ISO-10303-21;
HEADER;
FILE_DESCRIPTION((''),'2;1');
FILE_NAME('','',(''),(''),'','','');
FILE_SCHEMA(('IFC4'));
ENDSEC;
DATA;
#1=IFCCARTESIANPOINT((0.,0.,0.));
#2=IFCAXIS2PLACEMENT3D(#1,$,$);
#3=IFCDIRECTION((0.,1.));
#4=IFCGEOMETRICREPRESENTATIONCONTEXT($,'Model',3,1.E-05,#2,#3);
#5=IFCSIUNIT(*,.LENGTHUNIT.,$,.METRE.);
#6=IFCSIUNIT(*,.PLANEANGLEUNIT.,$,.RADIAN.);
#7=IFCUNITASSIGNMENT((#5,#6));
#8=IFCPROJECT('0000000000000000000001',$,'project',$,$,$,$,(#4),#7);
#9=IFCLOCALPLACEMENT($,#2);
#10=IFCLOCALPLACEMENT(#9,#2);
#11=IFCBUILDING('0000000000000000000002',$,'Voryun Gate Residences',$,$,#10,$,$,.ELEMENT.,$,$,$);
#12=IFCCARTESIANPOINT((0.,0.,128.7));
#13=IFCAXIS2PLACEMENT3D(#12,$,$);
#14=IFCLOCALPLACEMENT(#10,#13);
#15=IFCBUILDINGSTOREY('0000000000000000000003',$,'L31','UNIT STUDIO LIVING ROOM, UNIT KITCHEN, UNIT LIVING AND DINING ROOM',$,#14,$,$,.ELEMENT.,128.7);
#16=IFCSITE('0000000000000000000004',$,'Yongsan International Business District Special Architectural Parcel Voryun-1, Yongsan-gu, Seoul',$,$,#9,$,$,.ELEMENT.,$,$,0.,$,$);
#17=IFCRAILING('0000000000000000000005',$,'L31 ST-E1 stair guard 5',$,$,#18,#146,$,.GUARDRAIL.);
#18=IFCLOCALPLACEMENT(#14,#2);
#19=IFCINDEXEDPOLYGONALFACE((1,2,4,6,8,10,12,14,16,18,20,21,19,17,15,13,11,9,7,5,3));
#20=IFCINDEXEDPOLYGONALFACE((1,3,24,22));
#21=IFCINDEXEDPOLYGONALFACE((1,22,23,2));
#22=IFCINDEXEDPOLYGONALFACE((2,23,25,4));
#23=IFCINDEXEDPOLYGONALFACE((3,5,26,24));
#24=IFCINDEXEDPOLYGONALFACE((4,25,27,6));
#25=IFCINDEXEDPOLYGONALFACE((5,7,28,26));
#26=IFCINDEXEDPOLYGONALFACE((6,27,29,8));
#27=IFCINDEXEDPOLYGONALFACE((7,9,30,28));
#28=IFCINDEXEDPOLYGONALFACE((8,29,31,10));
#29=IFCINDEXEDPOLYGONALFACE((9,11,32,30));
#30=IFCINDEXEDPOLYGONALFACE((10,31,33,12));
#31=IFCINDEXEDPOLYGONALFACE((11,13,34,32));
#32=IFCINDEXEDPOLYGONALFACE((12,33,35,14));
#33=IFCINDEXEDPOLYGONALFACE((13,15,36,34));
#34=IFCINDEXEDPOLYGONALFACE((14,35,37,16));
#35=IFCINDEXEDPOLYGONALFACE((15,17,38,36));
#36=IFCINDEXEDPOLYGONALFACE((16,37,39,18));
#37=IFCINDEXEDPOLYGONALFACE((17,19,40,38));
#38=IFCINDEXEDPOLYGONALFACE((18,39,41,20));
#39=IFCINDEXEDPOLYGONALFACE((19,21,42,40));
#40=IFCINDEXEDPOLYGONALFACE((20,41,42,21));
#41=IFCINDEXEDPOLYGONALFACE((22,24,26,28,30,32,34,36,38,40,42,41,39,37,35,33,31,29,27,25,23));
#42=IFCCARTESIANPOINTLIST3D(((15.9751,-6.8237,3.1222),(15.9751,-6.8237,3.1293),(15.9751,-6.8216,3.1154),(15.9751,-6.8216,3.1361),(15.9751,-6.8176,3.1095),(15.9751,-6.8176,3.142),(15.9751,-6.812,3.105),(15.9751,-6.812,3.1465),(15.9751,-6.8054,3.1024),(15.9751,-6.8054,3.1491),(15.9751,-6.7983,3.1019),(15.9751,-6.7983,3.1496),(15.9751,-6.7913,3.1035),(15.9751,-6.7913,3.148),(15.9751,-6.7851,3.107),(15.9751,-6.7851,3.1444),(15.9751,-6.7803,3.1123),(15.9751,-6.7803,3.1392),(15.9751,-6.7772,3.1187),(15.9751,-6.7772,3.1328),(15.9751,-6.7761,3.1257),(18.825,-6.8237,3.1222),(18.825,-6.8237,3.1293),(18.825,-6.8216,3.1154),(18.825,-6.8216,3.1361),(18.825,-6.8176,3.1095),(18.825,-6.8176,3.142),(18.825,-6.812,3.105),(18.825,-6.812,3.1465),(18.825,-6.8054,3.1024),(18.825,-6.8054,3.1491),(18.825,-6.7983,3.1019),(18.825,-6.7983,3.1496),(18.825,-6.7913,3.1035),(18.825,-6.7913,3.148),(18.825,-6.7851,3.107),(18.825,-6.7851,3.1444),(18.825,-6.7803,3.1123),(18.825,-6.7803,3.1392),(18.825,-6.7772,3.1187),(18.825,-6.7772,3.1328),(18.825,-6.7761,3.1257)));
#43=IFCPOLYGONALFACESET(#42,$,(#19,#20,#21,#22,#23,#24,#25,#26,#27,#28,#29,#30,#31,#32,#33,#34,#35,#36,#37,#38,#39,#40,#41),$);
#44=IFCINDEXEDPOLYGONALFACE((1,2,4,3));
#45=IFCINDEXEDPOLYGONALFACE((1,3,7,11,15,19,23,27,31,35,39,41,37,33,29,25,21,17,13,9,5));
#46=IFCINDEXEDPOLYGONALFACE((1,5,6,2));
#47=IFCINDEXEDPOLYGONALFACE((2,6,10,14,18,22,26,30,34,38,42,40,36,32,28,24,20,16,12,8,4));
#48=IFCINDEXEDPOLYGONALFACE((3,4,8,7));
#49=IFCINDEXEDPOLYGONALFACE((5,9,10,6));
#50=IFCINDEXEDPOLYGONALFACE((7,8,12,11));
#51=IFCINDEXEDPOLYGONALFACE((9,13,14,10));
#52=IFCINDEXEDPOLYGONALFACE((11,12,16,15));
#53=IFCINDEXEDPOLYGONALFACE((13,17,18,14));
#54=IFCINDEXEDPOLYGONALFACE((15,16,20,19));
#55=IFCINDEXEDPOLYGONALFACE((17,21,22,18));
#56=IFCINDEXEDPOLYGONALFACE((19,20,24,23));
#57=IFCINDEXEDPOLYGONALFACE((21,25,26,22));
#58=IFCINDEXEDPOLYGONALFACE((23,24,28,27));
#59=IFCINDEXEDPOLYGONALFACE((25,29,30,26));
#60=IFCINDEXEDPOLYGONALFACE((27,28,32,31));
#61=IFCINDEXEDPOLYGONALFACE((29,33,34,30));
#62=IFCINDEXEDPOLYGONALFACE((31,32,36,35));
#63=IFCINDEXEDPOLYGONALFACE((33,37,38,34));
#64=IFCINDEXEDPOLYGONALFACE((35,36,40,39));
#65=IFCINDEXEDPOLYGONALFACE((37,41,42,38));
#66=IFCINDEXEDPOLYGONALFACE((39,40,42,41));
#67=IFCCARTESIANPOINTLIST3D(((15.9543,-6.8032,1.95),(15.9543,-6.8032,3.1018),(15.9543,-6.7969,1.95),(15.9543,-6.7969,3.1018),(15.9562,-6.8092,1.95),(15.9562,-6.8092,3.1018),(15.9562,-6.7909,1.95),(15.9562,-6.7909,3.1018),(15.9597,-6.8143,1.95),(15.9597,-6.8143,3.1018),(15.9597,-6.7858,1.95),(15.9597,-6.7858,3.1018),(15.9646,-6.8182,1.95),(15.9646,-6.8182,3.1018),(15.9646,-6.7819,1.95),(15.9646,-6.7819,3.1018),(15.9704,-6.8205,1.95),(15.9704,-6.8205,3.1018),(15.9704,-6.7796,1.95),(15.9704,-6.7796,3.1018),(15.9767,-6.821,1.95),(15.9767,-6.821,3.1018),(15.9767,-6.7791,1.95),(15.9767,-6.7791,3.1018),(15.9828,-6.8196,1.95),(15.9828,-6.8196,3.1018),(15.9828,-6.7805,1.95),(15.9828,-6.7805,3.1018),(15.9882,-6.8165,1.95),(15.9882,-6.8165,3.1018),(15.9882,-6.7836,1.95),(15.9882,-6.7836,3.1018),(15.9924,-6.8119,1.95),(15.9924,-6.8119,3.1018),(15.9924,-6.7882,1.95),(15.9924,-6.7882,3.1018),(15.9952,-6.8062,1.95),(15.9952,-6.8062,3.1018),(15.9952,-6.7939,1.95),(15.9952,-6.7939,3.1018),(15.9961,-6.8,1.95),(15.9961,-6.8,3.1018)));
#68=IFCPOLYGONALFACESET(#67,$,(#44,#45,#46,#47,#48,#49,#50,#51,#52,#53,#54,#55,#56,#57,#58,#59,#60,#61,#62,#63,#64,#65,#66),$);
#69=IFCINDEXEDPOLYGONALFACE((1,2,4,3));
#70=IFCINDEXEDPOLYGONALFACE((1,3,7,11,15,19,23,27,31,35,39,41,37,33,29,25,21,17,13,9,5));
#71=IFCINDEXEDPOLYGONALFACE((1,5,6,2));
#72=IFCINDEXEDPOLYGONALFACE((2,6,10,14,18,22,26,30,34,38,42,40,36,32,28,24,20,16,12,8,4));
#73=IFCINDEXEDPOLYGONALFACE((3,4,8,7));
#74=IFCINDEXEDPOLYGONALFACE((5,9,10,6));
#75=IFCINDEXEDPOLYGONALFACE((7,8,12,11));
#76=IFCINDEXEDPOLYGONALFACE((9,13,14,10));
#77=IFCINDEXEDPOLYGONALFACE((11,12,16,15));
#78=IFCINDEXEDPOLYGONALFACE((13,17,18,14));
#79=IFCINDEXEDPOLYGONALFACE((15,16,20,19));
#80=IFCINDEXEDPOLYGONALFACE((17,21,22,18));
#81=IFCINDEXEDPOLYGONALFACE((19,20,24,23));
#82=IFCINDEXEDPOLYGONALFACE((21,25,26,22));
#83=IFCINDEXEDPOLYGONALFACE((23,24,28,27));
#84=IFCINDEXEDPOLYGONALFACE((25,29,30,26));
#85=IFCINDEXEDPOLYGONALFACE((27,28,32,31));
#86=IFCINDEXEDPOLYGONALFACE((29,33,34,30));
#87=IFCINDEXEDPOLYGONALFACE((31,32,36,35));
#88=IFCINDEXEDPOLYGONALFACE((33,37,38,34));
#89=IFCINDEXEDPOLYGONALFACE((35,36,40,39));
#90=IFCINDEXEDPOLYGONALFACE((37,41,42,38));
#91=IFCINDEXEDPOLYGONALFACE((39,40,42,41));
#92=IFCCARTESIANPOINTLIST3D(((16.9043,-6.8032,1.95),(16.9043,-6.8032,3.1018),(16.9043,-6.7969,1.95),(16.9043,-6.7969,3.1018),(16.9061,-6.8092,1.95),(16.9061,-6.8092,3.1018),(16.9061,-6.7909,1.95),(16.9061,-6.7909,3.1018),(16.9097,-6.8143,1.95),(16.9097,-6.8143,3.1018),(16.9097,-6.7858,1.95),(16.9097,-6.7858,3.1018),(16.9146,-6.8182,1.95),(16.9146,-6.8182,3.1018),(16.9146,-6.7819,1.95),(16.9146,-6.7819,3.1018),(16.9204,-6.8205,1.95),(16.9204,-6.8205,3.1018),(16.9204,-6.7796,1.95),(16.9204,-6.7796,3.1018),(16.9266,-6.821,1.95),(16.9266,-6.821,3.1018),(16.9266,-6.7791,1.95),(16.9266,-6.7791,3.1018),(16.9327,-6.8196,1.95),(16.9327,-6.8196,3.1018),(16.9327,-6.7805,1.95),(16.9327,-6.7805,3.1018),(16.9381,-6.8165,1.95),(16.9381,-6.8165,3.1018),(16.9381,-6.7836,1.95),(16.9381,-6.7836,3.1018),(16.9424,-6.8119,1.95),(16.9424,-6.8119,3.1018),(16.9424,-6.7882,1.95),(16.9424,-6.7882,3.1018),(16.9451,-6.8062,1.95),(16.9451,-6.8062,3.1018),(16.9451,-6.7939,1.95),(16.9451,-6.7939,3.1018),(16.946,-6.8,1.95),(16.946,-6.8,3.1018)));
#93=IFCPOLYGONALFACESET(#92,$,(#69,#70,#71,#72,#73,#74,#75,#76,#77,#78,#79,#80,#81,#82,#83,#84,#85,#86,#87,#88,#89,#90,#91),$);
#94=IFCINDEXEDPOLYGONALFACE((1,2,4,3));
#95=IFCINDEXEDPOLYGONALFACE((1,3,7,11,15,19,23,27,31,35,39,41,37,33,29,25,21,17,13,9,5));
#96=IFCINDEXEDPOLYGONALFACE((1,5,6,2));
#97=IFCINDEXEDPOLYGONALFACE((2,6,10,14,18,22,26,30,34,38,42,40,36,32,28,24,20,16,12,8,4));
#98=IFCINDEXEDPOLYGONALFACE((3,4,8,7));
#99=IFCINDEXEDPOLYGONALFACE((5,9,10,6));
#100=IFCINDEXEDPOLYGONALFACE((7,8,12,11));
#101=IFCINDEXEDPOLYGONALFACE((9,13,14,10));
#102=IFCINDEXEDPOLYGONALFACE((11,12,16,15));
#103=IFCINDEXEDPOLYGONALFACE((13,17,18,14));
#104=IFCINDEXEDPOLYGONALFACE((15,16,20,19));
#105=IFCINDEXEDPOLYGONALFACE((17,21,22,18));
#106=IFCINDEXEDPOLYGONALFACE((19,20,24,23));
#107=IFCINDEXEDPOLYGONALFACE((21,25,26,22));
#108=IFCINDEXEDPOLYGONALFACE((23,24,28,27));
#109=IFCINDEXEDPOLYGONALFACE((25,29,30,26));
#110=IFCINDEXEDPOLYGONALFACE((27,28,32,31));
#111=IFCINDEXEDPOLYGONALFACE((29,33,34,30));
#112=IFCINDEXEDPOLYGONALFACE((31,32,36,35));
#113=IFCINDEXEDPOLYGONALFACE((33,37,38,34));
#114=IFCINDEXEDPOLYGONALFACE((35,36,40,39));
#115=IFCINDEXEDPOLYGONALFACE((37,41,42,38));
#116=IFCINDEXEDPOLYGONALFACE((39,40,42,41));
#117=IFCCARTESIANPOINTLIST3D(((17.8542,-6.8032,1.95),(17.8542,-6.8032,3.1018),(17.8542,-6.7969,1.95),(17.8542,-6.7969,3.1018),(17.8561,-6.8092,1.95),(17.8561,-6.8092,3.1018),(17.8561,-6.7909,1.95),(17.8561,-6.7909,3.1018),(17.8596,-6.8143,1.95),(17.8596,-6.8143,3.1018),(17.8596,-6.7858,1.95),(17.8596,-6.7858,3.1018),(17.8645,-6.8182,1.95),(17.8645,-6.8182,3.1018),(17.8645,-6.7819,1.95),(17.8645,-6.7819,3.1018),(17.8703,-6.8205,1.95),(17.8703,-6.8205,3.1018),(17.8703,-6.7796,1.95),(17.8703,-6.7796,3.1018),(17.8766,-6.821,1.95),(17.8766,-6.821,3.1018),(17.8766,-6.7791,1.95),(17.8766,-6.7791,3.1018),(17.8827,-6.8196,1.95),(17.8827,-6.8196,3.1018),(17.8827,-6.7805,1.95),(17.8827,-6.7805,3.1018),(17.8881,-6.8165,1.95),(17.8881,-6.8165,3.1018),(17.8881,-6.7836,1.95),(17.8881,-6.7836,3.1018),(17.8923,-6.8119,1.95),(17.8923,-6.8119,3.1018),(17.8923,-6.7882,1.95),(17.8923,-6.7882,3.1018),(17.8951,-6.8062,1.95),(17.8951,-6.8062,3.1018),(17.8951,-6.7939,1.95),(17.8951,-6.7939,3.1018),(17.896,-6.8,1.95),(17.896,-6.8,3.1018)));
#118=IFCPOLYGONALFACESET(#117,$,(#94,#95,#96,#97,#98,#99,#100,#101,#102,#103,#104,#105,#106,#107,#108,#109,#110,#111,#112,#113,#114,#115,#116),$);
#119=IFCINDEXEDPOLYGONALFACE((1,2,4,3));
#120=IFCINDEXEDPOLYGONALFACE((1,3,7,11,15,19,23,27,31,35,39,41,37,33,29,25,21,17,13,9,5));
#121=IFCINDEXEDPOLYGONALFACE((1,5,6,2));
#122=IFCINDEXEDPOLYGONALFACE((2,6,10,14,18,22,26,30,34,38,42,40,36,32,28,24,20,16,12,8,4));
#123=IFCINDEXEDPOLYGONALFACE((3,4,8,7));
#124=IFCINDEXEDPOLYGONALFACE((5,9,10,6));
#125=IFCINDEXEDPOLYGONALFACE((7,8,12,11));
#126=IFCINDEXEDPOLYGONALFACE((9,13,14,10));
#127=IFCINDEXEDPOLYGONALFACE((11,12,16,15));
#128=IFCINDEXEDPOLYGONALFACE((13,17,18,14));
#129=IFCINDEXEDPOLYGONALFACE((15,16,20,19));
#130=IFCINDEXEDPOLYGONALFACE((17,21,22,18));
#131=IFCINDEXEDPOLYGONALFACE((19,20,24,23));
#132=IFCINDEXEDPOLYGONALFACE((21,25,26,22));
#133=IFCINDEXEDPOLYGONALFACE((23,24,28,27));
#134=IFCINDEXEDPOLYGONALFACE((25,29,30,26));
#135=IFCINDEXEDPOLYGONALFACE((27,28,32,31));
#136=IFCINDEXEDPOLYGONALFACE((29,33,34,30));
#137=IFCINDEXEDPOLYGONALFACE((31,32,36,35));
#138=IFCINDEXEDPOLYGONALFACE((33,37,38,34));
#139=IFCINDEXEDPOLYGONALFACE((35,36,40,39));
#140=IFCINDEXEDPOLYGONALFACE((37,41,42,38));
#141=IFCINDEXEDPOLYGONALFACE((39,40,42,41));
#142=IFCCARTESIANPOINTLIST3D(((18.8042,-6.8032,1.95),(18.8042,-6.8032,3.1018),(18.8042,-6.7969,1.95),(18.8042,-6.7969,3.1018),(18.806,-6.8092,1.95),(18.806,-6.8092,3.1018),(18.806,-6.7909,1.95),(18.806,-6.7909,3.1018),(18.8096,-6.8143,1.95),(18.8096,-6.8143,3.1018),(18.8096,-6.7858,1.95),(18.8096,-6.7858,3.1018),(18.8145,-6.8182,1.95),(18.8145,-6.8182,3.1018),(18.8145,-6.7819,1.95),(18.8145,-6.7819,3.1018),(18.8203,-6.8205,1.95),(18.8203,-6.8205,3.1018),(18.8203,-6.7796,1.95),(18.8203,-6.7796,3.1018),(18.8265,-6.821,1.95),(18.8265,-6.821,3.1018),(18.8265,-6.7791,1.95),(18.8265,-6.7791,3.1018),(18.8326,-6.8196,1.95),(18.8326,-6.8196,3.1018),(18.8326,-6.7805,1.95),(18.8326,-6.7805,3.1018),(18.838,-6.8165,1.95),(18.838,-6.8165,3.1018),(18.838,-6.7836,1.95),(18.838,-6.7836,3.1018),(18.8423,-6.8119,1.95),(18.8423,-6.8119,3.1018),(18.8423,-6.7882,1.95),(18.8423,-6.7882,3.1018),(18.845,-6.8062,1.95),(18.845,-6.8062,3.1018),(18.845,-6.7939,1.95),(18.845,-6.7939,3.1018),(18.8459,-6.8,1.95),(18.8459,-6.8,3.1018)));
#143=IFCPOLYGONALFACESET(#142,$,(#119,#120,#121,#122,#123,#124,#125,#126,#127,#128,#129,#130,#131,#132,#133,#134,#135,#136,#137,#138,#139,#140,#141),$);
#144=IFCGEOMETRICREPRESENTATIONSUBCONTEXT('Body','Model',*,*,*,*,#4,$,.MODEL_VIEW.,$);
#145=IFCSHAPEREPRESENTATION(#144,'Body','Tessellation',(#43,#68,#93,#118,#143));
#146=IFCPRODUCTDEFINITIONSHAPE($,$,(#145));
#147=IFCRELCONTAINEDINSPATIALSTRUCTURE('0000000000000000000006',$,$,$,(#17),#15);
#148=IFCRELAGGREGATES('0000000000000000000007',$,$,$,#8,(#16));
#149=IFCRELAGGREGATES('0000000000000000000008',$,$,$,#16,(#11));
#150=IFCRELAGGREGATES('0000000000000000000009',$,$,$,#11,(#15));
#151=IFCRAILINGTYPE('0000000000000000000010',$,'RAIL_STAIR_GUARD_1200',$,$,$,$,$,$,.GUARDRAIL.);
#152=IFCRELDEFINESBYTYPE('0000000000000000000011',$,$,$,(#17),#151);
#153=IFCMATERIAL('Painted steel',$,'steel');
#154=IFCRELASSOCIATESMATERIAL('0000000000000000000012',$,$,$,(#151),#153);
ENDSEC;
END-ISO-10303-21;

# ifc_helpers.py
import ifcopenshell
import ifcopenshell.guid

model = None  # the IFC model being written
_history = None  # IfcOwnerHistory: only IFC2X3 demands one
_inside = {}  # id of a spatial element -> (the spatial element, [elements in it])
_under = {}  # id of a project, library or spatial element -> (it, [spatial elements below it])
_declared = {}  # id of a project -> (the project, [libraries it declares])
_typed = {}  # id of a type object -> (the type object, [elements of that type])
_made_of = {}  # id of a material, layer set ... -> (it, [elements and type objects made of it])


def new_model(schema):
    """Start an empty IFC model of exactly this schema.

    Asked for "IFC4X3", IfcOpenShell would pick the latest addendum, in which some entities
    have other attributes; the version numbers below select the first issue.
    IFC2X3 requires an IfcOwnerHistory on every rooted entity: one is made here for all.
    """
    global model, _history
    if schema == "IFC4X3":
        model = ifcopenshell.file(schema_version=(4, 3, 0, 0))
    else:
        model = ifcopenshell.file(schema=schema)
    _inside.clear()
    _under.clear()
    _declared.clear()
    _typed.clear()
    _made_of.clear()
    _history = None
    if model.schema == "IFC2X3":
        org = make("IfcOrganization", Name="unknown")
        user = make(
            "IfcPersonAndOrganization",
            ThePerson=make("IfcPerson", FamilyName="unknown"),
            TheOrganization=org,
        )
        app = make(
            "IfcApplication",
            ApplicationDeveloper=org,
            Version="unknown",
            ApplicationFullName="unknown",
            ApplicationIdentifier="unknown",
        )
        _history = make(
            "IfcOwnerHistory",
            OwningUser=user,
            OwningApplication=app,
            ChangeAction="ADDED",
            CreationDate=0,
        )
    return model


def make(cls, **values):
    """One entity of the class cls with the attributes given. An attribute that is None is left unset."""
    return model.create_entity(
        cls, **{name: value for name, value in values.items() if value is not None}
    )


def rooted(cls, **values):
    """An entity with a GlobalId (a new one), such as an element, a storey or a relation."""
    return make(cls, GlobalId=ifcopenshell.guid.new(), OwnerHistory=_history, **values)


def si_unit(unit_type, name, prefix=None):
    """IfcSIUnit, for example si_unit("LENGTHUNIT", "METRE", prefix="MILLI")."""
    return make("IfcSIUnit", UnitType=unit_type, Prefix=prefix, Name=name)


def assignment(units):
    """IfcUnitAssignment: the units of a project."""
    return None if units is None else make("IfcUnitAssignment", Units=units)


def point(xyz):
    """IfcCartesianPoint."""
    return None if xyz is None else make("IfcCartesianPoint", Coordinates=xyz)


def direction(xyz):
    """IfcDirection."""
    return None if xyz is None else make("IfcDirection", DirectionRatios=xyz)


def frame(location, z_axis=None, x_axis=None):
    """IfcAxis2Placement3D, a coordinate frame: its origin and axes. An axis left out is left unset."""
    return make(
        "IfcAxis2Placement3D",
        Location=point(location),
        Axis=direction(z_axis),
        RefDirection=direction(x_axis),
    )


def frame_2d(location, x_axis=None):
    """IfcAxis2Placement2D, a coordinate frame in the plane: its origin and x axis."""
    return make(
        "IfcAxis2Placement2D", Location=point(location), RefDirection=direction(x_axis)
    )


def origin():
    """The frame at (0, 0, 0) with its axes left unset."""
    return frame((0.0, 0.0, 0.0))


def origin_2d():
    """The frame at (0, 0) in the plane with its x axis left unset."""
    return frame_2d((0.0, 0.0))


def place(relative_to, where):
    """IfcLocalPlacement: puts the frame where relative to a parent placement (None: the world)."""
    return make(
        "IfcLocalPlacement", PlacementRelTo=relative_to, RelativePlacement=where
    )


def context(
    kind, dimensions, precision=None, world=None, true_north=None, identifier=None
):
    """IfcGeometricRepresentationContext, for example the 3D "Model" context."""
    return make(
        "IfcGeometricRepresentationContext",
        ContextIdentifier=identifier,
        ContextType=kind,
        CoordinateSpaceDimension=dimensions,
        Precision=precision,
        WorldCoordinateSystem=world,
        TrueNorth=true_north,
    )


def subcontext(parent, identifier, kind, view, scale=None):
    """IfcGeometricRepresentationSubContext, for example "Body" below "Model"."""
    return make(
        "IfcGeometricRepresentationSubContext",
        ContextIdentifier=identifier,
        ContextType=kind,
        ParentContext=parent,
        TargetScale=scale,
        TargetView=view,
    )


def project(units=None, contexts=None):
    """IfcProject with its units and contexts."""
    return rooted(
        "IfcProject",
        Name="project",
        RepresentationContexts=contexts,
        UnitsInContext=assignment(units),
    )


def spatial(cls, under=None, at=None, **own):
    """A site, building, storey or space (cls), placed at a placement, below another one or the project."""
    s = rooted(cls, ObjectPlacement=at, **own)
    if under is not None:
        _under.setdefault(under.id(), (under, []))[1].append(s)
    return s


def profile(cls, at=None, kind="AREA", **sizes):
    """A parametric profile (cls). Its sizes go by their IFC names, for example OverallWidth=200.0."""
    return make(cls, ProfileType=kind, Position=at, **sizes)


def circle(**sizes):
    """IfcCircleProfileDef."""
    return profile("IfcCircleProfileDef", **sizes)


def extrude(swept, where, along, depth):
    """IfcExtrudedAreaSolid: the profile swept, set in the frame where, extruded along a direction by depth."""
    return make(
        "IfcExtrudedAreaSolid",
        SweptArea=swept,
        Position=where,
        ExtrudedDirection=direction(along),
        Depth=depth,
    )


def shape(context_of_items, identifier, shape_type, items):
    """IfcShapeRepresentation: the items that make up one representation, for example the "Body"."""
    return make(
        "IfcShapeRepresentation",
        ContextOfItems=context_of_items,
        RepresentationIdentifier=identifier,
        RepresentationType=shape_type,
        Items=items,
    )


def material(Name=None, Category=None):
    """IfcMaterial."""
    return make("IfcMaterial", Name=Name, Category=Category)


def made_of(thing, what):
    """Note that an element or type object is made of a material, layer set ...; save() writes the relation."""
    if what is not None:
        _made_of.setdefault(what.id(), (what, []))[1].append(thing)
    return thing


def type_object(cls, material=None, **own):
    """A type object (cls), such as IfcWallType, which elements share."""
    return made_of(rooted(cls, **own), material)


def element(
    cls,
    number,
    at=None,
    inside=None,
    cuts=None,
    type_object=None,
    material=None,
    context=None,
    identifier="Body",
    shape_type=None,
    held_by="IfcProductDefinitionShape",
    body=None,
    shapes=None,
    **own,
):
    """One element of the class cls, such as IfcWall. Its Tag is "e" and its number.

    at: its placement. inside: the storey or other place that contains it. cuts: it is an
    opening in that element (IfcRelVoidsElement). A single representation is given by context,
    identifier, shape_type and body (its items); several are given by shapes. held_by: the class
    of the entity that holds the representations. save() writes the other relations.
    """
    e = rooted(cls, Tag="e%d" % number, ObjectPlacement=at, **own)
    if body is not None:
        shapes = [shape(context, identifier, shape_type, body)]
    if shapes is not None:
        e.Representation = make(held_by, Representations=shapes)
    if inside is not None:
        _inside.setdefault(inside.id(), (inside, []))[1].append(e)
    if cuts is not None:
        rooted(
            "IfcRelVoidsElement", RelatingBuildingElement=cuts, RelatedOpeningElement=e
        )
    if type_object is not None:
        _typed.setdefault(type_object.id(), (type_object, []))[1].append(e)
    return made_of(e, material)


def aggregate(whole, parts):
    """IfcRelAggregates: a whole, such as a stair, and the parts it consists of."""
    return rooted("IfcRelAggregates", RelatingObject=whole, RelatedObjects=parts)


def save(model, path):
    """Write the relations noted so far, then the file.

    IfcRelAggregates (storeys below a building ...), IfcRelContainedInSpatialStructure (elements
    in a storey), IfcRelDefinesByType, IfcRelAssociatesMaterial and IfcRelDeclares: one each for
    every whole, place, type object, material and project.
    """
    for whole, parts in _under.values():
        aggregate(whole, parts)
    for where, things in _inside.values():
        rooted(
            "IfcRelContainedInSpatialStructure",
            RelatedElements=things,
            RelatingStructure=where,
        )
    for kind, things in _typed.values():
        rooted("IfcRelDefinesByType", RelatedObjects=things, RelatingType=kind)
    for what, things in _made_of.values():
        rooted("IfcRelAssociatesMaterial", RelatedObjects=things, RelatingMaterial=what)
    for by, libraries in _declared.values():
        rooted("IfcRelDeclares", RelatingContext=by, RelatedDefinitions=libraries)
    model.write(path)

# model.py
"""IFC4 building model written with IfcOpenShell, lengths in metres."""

from ifc_helpers import new_model, si_unit, direction, frame, origin, origin_2d, place, context, subcontext, project, spatial, circle, extrude, material, type_object, element, save


model = new_model("IFC4")

# Units and contexts
model_context = context("Model", 3, precision=1e-05, world=origin(), true_north=direction((0.0, 1.0)))
body_context = subcontext(model_context, "Body", "Model", "MODEL_VIEW")
ifc_project = project(units=[si_unit("LENGTHUNIT", "METRE"), si_unit("PLANEANGLEUNIT", "RADIAN")], contexts=[model_context])

# Site, building, storey
site_placement = place(None, origin())
site = spatial("IfcSite", under=ifc_project, at=site_placement, Name="Yongsan International Business District Special Architectural Parcel Voryun-1, Yongsan-gu, Seoul", CompositionType="ELEMENT", RefElevation=0.0)
building_placement = place(site_placement, origin())
building = spatial("IfcBuilding", under=site, at=building_placement, Name="Voryun Gate Residences", CompositionType="ELEMENT")
storey_placement = place(building_placement, frame((0.0, 0.0, 128.7)))
storey = spatial("IfcBuildingStorey", under=building, at=storey_placement, Name="L31", Description="UNIT STUDIO LIVING ROOM, UNIT KITCHEN, UNIT LIVING AND DINING ROOM", CompositionType="ELEMENT", Elevation=128.7)

# Railing
ifc_material_1 = material(Name="Painted steel", Category="steel")
railing_type_1 = type_object("IfcRailingType", Name="RAIL_STAIR_GUARD_1200", PredefinedType="GUARDRAIL", material=ifc_material_1)
railing_1_placement = place(storey_placement, frame((15.9751, -6.8, 1.95)))
element("IfcRailing", 1, at=railing_1_placement, inside=storey, type_object=railing_type_1, Name="L31 ST-E1 stair guard 5", PredefinedType="GUARDRAIL", context=body_context, shape_type="SweptSolid", body=[
    extrude(circle(Radius=0.0239, at=origin_2d()), frame((0.0, 0.0, 1.1758), z_axis=(1.0, 0.0, 0.0), x_axis=(0.0, 1.0, 0.0)), (0.0, 0.0, 1.0), 2.8499),
    extrude(circle(Radius=0.021, at=origin_2d()), origin(), (0.0, 0.0, 1.0), 1.1519),
    extrude(circle(Radius=0.021, at=origin_2d()), frame((0.95, 0.0, 0.0)), (0.0, 0.0, 1.0), 1.1519),
    extrude(circle(Radius=0.021, at=origin_2d()), frame((1.8999, 0.0, 0.0)), (0.0, 0.0, 1.0), 1.1519),
    extrude(circle(Radius=0.021, at=origin_2d()), frame((2.8499, 0.0, 0.0)), (0.0, 0.0, 1.0), 1.1519),
])

save(model, "model.ifc")
